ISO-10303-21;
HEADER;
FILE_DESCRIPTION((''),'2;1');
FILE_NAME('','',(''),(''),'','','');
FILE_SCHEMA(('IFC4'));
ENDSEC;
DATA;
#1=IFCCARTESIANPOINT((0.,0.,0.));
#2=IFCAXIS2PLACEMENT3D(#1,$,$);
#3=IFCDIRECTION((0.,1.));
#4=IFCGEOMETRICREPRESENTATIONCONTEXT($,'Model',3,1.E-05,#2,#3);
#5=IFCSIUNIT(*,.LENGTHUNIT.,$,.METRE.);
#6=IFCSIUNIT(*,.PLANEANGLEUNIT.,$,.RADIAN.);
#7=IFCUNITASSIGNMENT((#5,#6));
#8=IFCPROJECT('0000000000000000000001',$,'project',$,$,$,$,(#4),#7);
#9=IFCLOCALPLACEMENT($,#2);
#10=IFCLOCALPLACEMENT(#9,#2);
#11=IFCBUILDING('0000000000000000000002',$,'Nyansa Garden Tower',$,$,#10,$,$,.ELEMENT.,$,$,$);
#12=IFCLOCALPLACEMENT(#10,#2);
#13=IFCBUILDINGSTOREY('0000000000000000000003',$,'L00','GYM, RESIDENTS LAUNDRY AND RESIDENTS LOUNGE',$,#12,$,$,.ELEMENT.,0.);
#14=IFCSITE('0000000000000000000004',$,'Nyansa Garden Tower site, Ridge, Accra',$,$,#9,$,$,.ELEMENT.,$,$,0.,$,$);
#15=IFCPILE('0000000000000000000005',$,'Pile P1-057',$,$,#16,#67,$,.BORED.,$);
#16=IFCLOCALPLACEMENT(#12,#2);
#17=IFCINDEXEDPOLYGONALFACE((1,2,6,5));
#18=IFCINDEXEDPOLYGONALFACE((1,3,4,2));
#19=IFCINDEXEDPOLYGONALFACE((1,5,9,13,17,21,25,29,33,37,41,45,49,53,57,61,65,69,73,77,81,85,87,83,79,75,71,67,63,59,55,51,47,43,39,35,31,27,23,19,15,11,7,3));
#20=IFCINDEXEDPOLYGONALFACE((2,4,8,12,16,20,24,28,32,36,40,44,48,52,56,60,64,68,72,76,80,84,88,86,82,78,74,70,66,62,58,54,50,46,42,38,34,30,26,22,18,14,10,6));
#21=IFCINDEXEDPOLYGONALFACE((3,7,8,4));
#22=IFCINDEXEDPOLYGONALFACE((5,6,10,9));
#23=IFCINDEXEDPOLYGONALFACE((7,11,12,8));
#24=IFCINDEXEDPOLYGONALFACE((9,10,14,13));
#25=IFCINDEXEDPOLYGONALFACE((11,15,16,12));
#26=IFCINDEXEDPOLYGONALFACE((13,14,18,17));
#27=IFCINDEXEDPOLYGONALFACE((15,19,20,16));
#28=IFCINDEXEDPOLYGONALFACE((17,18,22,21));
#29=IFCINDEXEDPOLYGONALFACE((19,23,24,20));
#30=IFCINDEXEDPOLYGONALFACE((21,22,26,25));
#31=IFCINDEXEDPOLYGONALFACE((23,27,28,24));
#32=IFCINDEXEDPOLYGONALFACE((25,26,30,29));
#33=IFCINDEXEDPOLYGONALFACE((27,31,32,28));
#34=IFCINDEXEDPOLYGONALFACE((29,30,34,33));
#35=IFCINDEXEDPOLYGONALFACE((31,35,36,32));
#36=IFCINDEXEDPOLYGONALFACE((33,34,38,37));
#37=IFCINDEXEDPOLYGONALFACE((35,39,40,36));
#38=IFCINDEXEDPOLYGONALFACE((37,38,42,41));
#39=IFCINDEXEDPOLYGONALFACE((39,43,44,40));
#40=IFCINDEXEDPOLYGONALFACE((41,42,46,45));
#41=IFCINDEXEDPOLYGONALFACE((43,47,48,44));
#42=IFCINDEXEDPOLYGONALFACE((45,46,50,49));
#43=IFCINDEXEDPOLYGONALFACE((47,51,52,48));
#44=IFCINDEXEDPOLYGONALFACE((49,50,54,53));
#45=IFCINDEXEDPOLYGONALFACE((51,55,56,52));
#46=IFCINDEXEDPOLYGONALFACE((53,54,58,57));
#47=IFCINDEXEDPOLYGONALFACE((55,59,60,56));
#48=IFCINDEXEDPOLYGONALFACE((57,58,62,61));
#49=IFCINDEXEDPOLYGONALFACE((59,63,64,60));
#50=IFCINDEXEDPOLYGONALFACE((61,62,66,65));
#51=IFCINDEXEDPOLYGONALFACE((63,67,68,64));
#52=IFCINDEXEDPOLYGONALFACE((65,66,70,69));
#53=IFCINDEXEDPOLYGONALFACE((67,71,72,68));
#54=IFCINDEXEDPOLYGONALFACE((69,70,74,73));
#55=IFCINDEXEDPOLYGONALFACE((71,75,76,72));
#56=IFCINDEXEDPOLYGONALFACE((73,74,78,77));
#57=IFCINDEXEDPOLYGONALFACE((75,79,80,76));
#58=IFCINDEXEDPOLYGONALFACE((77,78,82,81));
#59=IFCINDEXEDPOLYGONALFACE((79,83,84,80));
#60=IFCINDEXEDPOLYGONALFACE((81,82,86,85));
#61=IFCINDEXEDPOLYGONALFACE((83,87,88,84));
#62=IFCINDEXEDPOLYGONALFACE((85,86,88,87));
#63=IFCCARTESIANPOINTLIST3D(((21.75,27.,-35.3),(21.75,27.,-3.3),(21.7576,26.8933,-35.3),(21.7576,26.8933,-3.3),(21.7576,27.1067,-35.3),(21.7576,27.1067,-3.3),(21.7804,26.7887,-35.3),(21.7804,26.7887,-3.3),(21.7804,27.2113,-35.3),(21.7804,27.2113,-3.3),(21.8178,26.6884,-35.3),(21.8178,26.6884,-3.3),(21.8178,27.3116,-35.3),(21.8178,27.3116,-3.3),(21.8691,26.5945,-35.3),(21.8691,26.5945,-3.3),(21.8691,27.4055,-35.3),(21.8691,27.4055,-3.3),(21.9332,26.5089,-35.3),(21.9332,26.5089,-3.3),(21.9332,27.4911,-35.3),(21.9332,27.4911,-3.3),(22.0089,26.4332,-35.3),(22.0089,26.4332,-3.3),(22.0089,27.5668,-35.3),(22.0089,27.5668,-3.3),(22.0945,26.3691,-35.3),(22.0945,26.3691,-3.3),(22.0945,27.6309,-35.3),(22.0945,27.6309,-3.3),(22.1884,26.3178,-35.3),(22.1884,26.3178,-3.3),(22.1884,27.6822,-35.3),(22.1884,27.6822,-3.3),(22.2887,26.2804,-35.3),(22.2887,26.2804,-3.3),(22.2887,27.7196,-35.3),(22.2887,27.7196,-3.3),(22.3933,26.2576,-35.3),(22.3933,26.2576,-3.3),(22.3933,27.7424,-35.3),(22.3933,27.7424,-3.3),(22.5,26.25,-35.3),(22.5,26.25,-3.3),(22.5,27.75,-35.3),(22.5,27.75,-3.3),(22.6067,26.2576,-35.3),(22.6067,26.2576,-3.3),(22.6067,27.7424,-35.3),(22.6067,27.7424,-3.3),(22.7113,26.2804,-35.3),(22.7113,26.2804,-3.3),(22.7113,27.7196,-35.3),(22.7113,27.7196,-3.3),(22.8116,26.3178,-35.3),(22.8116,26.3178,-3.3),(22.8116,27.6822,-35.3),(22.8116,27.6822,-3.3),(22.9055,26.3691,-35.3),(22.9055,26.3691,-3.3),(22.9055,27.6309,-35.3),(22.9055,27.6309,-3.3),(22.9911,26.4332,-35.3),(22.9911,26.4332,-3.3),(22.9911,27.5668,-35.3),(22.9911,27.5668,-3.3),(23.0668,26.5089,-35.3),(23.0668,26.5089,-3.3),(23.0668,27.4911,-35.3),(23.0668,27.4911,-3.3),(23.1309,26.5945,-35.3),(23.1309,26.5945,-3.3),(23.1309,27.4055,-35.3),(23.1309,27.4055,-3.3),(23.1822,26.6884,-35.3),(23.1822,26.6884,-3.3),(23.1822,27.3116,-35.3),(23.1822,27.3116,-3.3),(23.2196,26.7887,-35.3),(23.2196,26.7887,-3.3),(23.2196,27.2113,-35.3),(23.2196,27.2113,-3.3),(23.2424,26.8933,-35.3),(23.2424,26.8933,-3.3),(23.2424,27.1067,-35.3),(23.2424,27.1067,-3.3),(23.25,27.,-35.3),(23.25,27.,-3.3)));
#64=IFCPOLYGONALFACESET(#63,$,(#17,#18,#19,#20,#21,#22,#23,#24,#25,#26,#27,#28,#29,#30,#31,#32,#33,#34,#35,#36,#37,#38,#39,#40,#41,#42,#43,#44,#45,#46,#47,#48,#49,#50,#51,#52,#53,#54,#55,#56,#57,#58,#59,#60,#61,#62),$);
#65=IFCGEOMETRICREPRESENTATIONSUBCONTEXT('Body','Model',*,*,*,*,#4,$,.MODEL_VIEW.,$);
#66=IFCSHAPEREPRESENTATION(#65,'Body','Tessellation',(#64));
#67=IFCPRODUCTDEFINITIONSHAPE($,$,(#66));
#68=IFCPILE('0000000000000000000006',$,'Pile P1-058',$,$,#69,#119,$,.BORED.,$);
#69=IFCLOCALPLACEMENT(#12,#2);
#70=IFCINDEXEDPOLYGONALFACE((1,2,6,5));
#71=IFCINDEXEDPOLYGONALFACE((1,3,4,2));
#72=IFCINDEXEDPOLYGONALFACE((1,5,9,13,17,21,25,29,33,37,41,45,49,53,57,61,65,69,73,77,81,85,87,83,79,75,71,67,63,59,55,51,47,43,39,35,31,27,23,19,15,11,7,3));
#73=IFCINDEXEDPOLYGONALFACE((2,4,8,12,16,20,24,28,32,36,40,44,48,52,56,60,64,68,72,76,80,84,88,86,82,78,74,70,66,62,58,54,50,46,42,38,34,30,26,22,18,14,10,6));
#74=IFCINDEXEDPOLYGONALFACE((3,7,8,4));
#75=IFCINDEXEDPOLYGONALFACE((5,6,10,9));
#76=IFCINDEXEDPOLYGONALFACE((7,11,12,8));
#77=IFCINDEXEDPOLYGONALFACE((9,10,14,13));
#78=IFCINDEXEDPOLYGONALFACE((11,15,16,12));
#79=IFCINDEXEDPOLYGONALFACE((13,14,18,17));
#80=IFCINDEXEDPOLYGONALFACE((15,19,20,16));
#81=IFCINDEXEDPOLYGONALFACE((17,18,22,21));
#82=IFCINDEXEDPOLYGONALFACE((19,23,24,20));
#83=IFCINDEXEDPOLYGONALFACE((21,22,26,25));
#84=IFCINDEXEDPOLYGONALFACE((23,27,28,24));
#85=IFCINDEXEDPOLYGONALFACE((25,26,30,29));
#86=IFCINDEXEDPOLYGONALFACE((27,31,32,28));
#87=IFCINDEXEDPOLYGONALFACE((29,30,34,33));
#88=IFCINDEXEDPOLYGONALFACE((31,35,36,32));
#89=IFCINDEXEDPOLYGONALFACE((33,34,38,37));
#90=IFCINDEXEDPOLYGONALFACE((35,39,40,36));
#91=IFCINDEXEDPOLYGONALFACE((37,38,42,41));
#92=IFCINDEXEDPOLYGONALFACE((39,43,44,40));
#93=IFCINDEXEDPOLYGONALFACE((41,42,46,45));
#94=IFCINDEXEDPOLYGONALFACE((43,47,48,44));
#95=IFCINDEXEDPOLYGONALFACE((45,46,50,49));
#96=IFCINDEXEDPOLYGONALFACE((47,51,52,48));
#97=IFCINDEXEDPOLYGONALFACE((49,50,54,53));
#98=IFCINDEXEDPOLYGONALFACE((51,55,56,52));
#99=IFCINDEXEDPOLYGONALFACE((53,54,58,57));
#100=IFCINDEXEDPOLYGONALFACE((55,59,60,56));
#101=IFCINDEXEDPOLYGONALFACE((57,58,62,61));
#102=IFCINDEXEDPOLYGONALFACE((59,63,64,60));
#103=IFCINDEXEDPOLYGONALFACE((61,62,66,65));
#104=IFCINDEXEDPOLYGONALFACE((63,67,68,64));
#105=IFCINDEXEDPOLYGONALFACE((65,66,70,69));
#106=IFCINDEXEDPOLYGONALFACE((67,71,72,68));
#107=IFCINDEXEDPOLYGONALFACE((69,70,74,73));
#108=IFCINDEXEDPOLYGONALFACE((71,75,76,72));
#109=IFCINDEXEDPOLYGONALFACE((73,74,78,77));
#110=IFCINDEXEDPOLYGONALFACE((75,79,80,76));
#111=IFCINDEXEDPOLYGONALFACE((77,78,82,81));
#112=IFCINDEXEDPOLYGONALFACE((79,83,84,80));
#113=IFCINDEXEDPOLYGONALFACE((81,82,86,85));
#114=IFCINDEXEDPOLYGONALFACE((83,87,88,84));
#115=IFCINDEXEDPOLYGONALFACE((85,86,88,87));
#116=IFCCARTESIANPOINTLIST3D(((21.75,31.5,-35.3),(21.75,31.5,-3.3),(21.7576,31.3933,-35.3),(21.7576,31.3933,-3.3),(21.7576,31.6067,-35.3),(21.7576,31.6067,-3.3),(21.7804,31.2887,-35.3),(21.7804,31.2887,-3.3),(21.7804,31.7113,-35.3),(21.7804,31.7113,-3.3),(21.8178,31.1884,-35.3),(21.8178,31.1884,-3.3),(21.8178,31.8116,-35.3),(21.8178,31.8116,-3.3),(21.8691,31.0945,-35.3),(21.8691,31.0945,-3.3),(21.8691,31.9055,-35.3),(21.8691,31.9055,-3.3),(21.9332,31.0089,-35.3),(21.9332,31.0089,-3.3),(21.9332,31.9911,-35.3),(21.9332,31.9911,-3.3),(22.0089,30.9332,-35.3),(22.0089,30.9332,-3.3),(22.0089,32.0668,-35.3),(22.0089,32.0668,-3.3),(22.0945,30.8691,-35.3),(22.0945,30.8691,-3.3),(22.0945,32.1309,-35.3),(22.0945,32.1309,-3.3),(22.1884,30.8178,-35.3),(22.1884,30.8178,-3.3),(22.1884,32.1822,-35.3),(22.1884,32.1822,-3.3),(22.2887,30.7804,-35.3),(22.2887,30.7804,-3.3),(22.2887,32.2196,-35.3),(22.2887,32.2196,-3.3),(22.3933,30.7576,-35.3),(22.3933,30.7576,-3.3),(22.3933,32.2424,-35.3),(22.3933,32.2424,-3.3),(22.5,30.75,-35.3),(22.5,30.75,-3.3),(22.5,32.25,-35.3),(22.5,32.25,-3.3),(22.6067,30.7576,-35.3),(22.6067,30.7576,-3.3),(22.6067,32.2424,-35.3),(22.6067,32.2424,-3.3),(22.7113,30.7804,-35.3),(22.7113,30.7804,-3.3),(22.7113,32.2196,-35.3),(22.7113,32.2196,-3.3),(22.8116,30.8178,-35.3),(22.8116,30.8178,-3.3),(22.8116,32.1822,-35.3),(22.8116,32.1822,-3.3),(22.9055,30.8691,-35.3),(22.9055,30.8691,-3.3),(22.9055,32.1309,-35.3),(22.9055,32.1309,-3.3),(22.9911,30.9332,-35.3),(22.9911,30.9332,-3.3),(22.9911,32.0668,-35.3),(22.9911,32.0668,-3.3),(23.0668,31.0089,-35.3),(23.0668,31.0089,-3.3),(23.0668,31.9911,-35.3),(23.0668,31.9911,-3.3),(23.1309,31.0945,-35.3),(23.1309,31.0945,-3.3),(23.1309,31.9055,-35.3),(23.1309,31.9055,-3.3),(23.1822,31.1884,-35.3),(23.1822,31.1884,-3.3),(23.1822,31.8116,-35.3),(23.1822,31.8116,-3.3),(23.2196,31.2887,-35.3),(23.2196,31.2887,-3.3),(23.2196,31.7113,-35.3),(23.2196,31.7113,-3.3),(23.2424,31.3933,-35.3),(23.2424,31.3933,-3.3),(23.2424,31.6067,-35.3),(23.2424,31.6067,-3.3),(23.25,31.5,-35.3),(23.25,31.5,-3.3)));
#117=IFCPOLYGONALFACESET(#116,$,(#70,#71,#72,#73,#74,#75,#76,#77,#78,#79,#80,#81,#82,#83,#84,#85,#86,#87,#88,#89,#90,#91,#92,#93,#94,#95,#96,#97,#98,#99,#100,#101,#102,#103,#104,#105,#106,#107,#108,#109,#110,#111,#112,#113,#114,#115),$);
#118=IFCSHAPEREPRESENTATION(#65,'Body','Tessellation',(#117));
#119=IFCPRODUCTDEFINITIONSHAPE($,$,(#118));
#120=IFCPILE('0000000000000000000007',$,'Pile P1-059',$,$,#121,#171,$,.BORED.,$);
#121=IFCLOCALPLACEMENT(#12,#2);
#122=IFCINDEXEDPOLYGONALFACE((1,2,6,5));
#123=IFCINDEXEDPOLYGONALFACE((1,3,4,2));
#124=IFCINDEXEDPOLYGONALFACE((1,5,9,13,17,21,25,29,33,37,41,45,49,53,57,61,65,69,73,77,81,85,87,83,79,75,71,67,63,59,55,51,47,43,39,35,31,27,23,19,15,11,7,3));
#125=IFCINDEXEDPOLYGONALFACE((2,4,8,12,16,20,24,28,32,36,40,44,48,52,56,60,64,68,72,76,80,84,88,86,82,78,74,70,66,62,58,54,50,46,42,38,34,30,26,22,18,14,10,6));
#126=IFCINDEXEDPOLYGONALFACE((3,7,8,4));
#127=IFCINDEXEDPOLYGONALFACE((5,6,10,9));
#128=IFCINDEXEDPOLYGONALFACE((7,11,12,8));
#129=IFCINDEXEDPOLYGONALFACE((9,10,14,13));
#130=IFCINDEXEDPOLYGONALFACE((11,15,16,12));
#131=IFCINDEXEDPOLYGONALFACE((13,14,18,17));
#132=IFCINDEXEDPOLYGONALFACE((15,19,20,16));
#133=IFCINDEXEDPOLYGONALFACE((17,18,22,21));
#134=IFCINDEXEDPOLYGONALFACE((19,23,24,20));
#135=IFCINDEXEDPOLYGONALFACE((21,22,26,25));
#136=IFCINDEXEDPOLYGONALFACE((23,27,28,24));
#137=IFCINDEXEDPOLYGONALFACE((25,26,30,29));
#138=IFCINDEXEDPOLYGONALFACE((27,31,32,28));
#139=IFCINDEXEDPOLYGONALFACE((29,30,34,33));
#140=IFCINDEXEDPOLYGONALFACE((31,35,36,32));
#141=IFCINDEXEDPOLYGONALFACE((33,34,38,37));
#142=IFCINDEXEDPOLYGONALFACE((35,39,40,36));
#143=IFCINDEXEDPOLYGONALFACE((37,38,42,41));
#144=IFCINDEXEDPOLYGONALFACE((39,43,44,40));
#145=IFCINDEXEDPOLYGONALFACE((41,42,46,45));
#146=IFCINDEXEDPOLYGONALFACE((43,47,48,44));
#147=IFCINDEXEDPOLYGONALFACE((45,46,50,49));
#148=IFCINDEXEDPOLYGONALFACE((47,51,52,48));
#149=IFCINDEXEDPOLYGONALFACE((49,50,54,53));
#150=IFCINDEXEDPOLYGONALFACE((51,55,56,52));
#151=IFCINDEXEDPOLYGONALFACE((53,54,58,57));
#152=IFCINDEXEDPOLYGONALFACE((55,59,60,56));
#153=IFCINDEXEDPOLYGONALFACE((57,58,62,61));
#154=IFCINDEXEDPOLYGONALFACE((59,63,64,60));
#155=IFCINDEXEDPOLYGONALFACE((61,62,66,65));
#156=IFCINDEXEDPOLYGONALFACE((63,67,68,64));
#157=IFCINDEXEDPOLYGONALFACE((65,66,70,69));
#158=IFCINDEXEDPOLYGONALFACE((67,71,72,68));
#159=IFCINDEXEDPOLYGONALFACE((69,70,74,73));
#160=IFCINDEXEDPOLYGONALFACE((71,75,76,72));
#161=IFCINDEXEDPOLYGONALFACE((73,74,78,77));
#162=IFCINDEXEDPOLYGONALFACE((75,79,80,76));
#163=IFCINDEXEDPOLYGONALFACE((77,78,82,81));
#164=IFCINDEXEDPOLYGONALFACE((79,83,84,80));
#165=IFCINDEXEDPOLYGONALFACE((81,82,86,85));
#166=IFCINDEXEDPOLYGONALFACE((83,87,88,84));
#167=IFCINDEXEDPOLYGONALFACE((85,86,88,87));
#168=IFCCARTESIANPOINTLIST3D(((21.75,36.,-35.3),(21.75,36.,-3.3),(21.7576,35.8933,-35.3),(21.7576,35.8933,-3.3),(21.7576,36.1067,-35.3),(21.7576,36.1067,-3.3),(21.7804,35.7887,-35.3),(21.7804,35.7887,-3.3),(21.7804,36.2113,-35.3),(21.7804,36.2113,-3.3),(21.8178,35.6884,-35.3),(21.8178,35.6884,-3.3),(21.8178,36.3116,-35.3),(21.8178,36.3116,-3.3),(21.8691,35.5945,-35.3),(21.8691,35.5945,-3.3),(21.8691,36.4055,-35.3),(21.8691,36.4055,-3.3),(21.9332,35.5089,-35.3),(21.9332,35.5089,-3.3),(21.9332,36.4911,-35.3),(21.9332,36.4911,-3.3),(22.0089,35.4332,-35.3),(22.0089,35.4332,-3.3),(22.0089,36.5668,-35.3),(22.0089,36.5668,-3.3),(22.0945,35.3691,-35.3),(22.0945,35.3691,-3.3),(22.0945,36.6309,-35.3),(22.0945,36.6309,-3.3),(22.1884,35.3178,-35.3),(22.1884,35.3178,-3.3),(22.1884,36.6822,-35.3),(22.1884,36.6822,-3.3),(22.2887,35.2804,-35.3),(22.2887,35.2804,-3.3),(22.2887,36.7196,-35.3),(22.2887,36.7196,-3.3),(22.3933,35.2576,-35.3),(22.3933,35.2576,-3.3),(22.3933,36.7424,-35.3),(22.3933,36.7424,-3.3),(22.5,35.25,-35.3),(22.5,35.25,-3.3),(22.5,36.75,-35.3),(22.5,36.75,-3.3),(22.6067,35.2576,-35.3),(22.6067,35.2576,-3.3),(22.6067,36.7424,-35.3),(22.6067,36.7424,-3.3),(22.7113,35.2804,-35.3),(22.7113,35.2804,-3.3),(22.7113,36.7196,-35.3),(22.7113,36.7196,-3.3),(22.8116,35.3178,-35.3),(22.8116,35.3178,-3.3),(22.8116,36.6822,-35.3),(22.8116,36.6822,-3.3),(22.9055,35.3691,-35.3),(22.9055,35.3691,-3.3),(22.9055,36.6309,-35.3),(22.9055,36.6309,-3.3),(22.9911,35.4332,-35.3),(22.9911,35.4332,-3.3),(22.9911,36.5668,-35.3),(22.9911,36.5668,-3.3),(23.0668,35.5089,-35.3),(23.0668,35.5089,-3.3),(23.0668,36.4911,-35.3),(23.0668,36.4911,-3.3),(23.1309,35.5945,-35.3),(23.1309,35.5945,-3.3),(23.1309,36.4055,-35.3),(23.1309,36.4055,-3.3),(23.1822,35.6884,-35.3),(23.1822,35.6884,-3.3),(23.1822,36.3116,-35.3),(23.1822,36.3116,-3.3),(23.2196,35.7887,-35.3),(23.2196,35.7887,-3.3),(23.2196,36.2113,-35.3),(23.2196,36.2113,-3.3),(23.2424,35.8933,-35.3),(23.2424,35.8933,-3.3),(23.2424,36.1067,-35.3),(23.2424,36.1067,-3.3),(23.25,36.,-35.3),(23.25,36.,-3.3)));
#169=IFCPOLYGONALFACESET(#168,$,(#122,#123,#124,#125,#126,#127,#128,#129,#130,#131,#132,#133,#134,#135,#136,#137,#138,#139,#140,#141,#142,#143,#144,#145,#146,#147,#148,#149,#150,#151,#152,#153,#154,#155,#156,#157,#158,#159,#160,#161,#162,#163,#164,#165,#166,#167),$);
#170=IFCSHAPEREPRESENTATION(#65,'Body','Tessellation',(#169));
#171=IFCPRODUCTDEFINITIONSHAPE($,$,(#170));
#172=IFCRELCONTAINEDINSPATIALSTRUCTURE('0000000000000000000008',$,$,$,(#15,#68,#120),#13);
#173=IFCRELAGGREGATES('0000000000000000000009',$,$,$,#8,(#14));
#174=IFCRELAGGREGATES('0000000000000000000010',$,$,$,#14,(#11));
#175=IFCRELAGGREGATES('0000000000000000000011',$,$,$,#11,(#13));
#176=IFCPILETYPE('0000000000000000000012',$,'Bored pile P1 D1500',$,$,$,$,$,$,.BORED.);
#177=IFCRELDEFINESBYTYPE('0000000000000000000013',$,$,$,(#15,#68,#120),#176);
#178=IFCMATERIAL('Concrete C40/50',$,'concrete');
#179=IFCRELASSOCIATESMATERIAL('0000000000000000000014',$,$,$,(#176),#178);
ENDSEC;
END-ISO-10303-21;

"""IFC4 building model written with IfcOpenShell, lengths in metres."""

from ifc_helpers import new_model, si_unit, direction, frame, origin, origin_2d, place, context, subcontext, project, spatial, circle, extrude, material, type_object, element, save


model = new_model("IFC4")

# Units and contexts
model_context = context("Model", 3, precision=1e-05, world=origin(), true_north=direction((0.0, 1.0)))
body_context = subcontext(model_context, "Body", "Model", "MODEL_VIEW")
ifc_project = project(units=[si_unit("LENGTHUNIT", "METRE"), si_unit("PLANEANGLEUNIT", "RADIAN")], contexts=[model_context])

# Site, building, storey
site_placement = place(None, origin())
site = spatial("IfcSite", under=ifc_project, at=site_placement, Name="Nyansa Garden Tower site, Ridge, Accra", CompositionType="ELEMENT", RefElevation=0.0)
building_placement = place(site_placement, origin())
building = spatial("IfcBuilding", under=site, at=building_placement, Name="Nyansa Garden Tower", CompositionType="ELEMENT")
storey_placement = place(building_placement, origin())
storey = spatial("IfcBuildingStorey", under=building, at=storey_placement, Name="L00", Description="GYM, RESIDENTS LAUNDRY AND RESIDENTS LOUNGE", CompositionType="ELEMENT", Elevation=0.0)

# Piles
ifc_material_1 = material(Name="Concrete C40/50", Category="concrete")
pile_type = type_object("IfcPileType", Name="Bored pile P1 D1500", PredefinedType="BORED", material=ifc_material_1)
for number, where, z_axis, x_axis, name in (
    (1, (22.5, 27.0, -3.3), (0.0, 0.0, -1.0), (1.0, 0.0, 0.0), "Pile P1-057"),
    (2, (22.5, 31.5, -3.3), (0.0, 0.0, -1.0), (1.0, 0.0, 0.0), "Pile P1-058"),
    (3, (22.5, 36.0, -3.3), (0.0, 0.0, -1.0), (1.0, 0.0, 0.0), "Pile P1-059"),
):
    element("IfcPile", number, at=place(storey_placement, frame(where, z_axis=z_axis, x_axis=x_axis)), inside=storey, type_object=pile_type, Name=name, PredefinedType="BORED", context=body_context, shape_type="SweptSolid", body=[
        extrude(circle(Radius=0.75, at=origin_2d()), origin(), (0.0, 0.0, 1.0), 32.0),
    ])

save(model, "model.ifc")
